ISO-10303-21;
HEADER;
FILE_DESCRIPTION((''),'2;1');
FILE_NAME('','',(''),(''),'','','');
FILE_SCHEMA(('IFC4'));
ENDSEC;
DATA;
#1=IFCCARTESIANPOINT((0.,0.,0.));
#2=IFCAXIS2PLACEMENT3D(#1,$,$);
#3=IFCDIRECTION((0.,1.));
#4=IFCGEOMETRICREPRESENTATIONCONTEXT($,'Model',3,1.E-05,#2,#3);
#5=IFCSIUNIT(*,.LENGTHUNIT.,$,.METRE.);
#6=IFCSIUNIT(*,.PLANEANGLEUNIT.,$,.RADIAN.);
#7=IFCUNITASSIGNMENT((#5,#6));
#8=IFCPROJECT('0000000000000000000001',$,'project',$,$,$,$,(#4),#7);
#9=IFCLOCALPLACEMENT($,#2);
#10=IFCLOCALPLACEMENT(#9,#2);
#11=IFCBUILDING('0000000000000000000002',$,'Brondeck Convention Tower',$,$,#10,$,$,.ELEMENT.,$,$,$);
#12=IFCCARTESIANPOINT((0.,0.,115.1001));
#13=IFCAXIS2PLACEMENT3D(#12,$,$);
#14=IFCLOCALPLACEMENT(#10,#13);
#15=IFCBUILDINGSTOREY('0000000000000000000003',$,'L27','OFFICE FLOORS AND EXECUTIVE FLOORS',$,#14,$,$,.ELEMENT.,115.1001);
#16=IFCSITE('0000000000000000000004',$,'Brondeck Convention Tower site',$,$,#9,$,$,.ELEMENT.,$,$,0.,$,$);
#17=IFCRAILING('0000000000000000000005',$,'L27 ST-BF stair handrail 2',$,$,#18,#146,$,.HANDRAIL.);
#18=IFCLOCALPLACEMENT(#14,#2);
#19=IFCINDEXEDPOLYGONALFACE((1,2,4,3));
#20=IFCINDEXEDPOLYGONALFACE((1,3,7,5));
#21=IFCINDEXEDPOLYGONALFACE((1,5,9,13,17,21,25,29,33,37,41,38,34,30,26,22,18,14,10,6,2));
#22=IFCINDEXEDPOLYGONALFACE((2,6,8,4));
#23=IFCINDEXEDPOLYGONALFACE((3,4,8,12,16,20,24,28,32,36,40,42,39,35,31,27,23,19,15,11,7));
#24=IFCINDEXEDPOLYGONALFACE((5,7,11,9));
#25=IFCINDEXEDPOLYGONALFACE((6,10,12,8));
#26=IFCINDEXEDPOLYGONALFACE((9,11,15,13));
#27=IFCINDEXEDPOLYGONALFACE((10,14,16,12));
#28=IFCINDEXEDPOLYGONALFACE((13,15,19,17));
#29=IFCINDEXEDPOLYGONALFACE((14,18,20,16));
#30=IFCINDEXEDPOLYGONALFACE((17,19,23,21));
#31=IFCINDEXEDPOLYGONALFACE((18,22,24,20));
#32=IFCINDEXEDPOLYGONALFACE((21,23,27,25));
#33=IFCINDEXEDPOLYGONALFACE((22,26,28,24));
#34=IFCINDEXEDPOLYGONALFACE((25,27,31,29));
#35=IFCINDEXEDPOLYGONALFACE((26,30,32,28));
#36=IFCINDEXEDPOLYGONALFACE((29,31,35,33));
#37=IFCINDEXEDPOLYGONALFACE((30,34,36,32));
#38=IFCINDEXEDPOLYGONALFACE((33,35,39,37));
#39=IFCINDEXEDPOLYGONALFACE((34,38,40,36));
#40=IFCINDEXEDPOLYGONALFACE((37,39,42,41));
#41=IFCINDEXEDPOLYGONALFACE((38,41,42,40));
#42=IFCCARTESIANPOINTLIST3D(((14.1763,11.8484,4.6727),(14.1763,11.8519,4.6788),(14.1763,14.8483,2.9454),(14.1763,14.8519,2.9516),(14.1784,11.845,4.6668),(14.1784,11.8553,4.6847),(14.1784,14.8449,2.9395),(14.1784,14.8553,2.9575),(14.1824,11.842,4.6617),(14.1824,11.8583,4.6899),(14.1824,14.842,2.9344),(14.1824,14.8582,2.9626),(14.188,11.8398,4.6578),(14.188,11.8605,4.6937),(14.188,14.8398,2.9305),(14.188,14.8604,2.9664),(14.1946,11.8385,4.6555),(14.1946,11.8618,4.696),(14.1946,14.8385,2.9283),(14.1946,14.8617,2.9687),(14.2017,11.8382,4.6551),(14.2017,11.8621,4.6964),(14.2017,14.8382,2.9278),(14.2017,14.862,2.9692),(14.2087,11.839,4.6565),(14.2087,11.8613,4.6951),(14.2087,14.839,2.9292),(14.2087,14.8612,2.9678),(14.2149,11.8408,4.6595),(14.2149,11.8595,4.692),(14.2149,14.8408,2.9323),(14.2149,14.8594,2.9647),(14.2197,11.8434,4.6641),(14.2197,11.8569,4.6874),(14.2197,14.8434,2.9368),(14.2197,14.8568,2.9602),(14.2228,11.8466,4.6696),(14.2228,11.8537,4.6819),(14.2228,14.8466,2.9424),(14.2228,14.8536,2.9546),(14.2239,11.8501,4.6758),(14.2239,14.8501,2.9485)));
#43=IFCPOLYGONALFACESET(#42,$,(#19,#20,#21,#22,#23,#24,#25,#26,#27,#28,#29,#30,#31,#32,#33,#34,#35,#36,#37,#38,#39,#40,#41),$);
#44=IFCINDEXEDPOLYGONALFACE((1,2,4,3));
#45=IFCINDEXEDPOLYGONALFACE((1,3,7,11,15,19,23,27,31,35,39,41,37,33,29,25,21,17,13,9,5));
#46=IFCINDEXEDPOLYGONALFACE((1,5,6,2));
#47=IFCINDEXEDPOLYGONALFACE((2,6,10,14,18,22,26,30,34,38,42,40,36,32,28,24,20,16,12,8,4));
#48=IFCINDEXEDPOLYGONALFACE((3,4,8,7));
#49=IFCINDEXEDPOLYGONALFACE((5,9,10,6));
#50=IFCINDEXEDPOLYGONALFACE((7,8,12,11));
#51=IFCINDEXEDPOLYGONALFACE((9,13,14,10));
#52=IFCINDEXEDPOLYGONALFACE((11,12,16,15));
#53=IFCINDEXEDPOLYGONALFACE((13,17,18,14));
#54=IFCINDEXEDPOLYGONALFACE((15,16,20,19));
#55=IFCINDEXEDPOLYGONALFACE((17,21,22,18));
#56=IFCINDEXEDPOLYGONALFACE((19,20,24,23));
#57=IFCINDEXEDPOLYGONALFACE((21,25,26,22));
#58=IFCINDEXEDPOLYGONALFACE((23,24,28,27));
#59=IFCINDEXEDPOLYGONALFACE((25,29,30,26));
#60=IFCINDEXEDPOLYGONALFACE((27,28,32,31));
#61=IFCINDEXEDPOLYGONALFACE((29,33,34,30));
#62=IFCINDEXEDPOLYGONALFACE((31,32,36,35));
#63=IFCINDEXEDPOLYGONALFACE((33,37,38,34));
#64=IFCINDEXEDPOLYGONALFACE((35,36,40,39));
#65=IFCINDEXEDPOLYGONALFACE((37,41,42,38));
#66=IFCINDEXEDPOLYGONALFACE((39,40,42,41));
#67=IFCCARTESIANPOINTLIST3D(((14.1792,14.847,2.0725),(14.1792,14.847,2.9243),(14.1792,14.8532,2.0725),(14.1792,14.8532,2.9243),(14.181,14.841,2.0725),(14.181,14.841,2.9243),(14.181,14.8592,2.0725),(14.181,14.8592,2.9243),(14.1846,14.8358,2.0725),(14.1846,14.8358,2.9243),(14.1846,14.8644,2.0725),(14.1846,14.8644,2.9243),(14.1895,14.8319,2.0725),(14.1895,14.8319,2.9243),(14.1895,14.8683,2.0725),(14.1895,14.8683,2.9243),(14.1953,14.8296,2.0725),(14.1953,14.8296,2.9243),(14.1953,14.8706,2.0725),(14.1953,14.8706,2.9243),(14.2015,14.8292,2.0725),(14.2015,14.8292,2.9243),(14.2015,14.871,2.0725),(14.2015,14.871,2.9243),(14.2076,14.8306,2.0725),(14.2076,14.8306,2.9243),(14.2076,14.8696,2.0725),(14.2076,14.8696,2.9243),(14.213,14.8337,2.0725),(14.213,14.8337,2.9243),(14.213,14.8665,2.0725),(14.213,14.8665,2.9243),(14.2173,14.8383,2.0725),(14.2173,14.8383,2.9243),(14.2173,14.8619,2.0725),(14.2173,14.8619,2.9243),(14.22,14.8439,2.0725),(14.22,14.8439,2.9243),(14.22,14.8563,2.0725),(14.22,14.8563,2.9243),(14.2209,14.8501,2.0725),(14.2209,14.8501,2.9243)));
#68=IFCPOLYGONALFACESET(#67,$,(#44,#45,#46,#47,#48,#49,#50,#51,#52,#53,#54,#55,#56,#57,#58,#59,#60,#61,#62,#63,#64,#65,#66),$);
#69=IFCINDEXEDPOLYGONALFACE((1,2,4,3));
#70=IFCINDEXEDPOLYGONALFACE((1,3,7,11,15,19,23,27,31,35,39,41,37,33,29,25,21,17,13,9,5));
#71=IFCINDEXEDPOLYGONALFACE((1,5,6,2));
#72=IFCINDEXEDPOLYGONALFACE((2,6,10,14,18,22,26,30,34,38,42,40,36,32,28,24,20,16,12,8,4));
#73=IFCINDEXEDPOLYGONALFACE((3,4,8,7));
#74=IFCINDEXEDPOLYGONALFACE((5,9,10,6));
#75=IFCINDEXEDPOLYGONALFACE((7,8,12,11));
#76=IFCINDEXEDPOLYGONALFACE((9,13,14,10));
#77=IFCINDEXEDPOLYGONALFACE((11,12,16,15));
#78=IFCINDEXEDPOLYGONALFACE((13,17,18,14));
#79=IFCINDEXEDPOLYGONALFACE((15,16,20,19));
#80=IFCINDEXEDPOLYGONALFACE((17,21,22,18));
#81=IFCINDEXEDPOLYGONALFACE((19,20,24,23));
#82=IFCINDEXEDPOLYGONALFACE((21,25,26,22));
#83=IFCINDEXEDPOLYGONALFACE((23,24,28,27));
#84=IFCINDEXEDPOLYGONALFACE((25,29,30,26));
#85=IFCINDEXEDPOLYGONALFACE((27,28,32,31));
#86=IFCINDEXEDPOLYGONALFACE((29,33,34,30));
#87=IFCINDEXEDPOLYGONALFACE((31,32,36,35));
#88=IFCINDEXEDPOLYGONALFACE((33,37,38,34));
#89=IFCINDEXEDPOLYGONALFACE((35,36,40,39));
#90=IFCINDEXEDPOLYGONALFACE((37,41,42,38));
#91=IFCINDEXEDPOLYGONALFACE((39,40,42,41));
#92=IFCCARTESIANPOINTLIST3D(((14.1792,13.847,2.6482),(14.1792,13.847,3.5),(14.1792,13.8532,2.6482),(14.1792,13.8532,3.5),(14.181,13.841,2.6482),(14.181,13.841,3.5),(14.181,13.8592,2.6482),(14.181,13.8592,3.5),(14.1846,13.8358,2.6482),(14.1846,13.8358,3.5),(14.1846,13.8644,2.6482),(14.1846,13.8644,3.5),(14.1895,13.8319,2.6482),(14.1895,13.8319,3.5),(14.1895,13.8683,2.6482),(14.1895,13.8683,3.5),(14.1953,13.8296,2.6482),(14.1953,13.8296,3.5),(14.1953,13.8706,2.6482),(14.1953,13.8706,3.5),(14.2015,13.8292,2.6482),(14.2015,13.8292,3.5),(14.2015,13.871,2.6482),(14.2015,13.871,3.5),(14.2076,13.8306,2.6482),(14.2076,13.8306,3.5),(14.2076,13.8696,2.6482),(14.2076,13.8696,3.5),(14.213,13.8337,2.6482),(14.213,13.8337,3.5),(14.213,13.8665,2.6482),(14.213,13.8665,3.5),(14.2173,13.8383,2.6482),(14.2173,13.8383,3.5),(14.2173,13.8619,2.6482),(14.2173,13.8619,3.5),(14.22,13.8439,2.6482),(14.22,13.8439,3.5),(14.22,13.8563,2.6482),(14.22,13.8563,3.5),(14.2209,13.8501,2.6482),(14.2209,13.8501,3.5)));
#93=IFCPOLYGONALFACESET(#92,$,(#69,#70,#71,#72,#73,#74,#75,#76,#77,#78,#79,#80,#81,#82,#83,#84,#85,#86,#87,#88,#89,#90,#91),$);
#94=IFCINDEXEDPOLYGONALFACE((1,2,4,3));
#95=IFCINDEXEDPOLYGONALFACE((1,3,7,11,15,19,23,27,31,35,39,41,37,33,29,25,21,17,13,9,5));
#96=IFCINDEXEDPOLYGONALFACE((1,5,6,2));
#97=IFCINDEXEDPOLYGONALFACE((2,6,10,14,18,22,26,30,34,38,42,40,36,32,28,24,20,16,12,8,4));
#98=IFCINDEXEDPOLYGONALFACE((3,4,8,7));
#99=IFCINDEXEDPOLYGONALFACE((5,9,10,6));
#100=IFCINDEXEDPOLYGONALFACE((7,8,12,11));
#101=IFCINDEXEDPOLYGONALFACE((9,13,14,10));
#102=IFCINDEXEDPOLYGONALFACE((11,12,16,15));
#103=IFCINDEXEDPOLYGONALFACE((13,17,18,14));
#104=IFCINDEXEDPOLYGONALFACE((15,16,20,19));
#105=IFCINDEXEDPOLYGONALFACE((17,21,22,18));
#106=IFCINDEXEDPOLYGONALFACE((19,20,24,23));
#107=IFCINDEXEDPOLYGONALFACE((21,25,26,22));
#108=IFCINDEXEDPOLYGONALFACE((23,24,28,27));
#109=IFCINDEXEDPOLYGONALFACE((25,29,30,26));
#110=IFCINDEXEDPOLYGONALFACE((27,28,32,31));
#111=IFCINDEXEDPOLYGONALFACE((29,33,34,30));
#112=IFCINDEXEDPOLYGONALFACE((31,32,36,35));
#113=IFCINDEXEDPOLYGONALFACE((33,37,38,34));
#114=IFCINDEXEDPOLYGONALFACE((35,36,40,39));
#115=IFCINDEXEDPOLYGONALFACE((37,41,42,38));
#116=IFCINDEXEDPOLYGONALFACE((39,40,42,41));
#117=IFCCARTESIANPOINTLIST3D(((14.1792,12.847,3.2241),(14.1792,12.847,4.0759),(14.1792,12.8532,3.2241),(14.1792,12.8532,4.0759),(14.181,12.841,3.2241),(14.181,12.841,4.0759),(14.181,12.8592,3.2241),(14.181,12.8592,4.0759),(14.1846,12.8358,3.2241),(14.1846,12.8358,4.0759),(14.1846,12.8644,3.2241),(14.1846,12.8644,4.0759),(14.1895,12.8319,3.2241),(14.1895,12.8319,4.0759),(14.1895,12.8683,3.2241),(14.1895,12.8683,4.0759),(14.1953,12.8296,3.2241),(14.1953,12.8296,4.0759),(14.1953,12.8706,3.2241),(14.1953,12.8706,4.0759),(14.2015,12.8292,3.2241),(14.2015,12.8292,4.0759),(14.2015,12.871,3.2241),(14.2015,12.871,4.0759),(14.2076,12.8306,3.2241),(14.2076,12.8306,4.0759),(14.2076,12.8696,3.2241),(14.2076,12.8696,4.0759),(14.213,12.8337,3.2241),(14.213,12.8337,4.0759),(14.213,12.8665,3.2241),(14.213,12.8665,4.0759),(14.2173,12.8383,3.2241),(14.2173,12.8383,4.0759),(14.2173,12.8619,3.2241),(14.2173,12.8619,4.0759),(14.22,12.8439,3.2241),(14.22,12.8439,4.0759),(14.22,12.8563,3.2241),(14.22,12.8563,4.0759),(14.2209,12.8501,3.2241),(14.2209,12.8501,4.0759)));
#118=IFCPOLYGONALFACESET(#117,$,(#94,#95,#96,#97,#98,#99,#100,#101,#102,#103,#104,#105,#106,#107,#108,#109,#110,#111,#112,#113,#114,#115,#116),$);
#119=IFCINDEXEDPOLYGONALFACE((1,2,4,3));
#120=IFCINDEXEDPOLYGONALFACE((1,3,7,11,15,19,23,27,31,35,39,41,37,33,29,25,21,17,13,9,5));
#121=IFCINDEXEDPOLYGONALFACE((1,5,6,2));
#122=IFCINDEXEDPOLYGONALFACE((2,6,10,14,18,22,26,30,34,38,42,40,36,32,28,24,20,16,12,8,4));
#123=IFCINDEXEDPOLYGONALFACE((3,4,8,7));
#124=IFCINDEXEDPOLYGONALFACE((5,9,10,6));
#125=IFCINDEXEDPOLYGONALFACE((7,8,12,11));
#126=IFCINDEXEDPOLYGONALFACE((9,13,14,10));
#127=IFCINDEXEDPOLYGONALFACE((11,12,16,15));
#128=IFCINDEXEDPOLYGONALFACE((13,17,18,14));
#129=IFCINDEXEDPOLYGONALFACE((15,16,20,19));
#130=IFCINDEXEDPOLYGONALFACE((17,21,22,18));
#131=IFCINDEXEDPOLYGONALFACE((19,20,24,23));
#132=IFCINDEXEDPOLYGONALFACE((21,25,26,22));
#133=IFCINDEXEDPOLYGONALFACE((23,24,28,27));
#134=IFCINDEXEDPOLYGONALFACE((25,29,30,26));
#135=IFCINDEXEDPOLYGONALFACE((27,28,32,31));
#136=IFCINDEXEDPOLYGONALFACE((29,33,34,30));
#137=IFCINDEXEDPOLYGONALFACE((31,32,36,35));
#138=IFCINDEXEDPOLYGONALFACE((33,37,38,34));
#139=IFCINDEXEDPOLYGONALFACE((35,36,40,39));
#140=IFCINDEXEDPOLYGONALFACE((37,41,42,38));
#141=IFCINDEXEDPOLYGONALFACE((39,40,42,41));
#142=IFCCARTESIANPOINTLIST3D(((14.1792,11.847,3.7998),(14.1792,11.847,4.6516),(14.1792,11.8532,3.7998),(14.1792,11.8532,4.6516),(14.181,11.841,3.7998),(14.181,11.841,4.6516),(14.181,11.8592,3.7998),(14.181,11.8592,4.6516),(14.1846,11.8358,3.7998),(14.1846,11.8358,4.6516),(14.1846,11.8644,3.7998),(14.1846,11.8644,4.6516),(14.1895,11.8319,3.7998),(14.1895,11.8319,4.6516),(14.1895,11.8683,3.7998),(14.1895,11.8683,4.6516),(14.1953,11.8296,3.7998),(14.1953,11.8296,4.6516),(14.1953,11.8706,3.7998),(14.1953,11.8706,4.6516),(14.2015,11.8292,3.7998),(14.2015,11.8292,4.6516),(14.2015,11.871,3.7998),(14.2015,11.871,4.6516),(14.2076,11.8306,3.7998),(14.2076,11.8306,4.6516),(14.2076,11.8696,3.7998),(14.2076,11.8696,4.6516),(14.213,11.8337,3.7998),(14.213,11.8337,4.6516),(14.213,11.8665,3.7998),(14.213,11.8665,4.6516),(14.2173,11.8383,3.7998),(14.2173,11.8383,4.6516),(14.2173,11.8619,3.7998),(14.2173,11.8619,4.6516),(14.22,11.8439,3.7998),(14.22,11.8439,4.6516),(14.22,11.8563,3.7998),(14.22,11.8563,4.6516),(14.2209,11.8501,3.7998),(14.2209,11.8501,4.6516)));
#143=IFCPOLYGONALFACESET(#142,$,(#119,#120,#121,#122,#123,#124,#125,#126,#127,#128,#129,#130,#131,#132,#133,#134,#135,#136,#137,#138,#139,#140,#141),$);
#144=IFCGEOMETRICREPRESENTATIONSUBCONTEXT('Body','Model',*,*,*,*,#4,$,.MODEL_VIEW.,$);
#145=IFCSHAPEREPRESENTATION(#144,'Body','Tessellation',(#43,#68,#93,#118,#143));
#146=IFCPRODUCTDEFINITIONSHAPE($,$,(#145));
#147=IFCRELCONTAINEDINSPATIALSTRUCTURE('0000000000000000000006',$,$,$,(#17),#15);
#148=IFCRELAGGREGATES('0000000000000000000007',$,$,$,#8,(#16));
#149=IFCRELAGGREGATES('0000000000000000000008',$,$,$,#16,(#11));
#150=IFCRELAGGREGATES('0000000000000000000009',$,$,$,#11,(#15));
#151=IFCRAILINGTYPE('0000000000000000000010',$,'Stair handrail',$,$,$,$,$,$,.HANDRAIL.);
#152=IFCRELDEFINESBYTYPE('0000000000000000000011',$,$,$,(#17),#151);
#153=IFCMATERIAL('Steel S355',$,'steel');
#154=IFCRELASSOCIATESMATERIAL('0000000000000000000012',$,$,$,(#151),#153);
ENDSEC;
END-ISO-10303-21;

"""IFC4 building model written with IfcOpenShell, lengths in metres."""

from ifc_helpers import new_model, si_unit, direction, frame, origin, origin_2d, place, context, subcontext, project, spatial, circle, extrude, material, type_object, element, save


model = new_model("IFC4")

# Units and contexts
model_context = context("Model", 3, precision=1e-05, world=origin(), true_north=direction((0.0, 1.0)))
body_context = subcontext(model_context, "Body", "Model", "MODEL_VIEW")
ifc_project = project(units=[si_unit("LENGTHUNIT", "METRE"), si_unit("PLANEANGLEUNIT", "RADIAN")], contexts=[model_context])

# Site, building, storey
site_placement = place(None, origin())
site = spatial("IfcSite", under=ifc_project, at=site_placement, Name="Brondeck Convention Tower site", CompositionType="ELEMENT", RefElevation=0.0)
building_placement = place(site_placement, origin())
building = spatial("IfcBuilding", under=site, at=building_placement, Name="Brondeck Convention Tower", CompositionType="ELEMENT")
storey_placement = place(building_placement, frame((0.0, 0.0, 115.1001)))
storey = spatial("IfcBuildingStorey", under=building, at=storey_placement, Name="L27", Description="OFFICE FLOORS AND EXECUTIVE FLOORS", CompositionType="ELEMENT", Elevation=115.1001)

# Shared definitions
ifc_material_1 = material(Name="Steel S355", Category="steel")

# Railing
railing_type_1 = type_object("IfcRailingType", Name="Stair handrail", PredefinedType="HANDRAIL", material=ifc_material_1)
railing_1_placement = place(storey_placement, frame((14.2, 14.8501, 2.0725)))
element("IfcRailing", 1, at=railing_1_placement, inside=storey, type_object=railing_type_1, Name="L27 ST-BF stair handrail 2", PredefinedType="HANDRAIL", context=body_context, shape_type="SweptSolid", body=[
    extrude(circle(Radius=0.0239, at=origin_2d()), frame((0.0, 0.0, 0.876), z_axis=(0.0, -0.86662, 0.498969), x_axis=(1.0, 0.0, 0.0)), (0.0, 0.0, 1.0), 3.4617),
    extrude(circle(Radius=0.021, at=origin_2d()), origin(), (0.0, 0.0, 1.0), 0.8518),
    extrude(circle(Radius=0.021, at=origin_2d()), frame((0.0, -1.0, 0.5757)), (0.0, 0.0, 1.0), 0.8518),
    extrude(circle(Radius=0.021, at=origin_2d()), frame((0.0, -2.0, 1.1516)), (0.0, 0.0, 1.0), 0.8518),
    extrude(circle(Radius=0.021, at=origin_2d()), frame((0.0, -3.0, 1.7273)), (0.0, 0.0, 1.0), 0.8518),
])

save(model, "model.ifc")
